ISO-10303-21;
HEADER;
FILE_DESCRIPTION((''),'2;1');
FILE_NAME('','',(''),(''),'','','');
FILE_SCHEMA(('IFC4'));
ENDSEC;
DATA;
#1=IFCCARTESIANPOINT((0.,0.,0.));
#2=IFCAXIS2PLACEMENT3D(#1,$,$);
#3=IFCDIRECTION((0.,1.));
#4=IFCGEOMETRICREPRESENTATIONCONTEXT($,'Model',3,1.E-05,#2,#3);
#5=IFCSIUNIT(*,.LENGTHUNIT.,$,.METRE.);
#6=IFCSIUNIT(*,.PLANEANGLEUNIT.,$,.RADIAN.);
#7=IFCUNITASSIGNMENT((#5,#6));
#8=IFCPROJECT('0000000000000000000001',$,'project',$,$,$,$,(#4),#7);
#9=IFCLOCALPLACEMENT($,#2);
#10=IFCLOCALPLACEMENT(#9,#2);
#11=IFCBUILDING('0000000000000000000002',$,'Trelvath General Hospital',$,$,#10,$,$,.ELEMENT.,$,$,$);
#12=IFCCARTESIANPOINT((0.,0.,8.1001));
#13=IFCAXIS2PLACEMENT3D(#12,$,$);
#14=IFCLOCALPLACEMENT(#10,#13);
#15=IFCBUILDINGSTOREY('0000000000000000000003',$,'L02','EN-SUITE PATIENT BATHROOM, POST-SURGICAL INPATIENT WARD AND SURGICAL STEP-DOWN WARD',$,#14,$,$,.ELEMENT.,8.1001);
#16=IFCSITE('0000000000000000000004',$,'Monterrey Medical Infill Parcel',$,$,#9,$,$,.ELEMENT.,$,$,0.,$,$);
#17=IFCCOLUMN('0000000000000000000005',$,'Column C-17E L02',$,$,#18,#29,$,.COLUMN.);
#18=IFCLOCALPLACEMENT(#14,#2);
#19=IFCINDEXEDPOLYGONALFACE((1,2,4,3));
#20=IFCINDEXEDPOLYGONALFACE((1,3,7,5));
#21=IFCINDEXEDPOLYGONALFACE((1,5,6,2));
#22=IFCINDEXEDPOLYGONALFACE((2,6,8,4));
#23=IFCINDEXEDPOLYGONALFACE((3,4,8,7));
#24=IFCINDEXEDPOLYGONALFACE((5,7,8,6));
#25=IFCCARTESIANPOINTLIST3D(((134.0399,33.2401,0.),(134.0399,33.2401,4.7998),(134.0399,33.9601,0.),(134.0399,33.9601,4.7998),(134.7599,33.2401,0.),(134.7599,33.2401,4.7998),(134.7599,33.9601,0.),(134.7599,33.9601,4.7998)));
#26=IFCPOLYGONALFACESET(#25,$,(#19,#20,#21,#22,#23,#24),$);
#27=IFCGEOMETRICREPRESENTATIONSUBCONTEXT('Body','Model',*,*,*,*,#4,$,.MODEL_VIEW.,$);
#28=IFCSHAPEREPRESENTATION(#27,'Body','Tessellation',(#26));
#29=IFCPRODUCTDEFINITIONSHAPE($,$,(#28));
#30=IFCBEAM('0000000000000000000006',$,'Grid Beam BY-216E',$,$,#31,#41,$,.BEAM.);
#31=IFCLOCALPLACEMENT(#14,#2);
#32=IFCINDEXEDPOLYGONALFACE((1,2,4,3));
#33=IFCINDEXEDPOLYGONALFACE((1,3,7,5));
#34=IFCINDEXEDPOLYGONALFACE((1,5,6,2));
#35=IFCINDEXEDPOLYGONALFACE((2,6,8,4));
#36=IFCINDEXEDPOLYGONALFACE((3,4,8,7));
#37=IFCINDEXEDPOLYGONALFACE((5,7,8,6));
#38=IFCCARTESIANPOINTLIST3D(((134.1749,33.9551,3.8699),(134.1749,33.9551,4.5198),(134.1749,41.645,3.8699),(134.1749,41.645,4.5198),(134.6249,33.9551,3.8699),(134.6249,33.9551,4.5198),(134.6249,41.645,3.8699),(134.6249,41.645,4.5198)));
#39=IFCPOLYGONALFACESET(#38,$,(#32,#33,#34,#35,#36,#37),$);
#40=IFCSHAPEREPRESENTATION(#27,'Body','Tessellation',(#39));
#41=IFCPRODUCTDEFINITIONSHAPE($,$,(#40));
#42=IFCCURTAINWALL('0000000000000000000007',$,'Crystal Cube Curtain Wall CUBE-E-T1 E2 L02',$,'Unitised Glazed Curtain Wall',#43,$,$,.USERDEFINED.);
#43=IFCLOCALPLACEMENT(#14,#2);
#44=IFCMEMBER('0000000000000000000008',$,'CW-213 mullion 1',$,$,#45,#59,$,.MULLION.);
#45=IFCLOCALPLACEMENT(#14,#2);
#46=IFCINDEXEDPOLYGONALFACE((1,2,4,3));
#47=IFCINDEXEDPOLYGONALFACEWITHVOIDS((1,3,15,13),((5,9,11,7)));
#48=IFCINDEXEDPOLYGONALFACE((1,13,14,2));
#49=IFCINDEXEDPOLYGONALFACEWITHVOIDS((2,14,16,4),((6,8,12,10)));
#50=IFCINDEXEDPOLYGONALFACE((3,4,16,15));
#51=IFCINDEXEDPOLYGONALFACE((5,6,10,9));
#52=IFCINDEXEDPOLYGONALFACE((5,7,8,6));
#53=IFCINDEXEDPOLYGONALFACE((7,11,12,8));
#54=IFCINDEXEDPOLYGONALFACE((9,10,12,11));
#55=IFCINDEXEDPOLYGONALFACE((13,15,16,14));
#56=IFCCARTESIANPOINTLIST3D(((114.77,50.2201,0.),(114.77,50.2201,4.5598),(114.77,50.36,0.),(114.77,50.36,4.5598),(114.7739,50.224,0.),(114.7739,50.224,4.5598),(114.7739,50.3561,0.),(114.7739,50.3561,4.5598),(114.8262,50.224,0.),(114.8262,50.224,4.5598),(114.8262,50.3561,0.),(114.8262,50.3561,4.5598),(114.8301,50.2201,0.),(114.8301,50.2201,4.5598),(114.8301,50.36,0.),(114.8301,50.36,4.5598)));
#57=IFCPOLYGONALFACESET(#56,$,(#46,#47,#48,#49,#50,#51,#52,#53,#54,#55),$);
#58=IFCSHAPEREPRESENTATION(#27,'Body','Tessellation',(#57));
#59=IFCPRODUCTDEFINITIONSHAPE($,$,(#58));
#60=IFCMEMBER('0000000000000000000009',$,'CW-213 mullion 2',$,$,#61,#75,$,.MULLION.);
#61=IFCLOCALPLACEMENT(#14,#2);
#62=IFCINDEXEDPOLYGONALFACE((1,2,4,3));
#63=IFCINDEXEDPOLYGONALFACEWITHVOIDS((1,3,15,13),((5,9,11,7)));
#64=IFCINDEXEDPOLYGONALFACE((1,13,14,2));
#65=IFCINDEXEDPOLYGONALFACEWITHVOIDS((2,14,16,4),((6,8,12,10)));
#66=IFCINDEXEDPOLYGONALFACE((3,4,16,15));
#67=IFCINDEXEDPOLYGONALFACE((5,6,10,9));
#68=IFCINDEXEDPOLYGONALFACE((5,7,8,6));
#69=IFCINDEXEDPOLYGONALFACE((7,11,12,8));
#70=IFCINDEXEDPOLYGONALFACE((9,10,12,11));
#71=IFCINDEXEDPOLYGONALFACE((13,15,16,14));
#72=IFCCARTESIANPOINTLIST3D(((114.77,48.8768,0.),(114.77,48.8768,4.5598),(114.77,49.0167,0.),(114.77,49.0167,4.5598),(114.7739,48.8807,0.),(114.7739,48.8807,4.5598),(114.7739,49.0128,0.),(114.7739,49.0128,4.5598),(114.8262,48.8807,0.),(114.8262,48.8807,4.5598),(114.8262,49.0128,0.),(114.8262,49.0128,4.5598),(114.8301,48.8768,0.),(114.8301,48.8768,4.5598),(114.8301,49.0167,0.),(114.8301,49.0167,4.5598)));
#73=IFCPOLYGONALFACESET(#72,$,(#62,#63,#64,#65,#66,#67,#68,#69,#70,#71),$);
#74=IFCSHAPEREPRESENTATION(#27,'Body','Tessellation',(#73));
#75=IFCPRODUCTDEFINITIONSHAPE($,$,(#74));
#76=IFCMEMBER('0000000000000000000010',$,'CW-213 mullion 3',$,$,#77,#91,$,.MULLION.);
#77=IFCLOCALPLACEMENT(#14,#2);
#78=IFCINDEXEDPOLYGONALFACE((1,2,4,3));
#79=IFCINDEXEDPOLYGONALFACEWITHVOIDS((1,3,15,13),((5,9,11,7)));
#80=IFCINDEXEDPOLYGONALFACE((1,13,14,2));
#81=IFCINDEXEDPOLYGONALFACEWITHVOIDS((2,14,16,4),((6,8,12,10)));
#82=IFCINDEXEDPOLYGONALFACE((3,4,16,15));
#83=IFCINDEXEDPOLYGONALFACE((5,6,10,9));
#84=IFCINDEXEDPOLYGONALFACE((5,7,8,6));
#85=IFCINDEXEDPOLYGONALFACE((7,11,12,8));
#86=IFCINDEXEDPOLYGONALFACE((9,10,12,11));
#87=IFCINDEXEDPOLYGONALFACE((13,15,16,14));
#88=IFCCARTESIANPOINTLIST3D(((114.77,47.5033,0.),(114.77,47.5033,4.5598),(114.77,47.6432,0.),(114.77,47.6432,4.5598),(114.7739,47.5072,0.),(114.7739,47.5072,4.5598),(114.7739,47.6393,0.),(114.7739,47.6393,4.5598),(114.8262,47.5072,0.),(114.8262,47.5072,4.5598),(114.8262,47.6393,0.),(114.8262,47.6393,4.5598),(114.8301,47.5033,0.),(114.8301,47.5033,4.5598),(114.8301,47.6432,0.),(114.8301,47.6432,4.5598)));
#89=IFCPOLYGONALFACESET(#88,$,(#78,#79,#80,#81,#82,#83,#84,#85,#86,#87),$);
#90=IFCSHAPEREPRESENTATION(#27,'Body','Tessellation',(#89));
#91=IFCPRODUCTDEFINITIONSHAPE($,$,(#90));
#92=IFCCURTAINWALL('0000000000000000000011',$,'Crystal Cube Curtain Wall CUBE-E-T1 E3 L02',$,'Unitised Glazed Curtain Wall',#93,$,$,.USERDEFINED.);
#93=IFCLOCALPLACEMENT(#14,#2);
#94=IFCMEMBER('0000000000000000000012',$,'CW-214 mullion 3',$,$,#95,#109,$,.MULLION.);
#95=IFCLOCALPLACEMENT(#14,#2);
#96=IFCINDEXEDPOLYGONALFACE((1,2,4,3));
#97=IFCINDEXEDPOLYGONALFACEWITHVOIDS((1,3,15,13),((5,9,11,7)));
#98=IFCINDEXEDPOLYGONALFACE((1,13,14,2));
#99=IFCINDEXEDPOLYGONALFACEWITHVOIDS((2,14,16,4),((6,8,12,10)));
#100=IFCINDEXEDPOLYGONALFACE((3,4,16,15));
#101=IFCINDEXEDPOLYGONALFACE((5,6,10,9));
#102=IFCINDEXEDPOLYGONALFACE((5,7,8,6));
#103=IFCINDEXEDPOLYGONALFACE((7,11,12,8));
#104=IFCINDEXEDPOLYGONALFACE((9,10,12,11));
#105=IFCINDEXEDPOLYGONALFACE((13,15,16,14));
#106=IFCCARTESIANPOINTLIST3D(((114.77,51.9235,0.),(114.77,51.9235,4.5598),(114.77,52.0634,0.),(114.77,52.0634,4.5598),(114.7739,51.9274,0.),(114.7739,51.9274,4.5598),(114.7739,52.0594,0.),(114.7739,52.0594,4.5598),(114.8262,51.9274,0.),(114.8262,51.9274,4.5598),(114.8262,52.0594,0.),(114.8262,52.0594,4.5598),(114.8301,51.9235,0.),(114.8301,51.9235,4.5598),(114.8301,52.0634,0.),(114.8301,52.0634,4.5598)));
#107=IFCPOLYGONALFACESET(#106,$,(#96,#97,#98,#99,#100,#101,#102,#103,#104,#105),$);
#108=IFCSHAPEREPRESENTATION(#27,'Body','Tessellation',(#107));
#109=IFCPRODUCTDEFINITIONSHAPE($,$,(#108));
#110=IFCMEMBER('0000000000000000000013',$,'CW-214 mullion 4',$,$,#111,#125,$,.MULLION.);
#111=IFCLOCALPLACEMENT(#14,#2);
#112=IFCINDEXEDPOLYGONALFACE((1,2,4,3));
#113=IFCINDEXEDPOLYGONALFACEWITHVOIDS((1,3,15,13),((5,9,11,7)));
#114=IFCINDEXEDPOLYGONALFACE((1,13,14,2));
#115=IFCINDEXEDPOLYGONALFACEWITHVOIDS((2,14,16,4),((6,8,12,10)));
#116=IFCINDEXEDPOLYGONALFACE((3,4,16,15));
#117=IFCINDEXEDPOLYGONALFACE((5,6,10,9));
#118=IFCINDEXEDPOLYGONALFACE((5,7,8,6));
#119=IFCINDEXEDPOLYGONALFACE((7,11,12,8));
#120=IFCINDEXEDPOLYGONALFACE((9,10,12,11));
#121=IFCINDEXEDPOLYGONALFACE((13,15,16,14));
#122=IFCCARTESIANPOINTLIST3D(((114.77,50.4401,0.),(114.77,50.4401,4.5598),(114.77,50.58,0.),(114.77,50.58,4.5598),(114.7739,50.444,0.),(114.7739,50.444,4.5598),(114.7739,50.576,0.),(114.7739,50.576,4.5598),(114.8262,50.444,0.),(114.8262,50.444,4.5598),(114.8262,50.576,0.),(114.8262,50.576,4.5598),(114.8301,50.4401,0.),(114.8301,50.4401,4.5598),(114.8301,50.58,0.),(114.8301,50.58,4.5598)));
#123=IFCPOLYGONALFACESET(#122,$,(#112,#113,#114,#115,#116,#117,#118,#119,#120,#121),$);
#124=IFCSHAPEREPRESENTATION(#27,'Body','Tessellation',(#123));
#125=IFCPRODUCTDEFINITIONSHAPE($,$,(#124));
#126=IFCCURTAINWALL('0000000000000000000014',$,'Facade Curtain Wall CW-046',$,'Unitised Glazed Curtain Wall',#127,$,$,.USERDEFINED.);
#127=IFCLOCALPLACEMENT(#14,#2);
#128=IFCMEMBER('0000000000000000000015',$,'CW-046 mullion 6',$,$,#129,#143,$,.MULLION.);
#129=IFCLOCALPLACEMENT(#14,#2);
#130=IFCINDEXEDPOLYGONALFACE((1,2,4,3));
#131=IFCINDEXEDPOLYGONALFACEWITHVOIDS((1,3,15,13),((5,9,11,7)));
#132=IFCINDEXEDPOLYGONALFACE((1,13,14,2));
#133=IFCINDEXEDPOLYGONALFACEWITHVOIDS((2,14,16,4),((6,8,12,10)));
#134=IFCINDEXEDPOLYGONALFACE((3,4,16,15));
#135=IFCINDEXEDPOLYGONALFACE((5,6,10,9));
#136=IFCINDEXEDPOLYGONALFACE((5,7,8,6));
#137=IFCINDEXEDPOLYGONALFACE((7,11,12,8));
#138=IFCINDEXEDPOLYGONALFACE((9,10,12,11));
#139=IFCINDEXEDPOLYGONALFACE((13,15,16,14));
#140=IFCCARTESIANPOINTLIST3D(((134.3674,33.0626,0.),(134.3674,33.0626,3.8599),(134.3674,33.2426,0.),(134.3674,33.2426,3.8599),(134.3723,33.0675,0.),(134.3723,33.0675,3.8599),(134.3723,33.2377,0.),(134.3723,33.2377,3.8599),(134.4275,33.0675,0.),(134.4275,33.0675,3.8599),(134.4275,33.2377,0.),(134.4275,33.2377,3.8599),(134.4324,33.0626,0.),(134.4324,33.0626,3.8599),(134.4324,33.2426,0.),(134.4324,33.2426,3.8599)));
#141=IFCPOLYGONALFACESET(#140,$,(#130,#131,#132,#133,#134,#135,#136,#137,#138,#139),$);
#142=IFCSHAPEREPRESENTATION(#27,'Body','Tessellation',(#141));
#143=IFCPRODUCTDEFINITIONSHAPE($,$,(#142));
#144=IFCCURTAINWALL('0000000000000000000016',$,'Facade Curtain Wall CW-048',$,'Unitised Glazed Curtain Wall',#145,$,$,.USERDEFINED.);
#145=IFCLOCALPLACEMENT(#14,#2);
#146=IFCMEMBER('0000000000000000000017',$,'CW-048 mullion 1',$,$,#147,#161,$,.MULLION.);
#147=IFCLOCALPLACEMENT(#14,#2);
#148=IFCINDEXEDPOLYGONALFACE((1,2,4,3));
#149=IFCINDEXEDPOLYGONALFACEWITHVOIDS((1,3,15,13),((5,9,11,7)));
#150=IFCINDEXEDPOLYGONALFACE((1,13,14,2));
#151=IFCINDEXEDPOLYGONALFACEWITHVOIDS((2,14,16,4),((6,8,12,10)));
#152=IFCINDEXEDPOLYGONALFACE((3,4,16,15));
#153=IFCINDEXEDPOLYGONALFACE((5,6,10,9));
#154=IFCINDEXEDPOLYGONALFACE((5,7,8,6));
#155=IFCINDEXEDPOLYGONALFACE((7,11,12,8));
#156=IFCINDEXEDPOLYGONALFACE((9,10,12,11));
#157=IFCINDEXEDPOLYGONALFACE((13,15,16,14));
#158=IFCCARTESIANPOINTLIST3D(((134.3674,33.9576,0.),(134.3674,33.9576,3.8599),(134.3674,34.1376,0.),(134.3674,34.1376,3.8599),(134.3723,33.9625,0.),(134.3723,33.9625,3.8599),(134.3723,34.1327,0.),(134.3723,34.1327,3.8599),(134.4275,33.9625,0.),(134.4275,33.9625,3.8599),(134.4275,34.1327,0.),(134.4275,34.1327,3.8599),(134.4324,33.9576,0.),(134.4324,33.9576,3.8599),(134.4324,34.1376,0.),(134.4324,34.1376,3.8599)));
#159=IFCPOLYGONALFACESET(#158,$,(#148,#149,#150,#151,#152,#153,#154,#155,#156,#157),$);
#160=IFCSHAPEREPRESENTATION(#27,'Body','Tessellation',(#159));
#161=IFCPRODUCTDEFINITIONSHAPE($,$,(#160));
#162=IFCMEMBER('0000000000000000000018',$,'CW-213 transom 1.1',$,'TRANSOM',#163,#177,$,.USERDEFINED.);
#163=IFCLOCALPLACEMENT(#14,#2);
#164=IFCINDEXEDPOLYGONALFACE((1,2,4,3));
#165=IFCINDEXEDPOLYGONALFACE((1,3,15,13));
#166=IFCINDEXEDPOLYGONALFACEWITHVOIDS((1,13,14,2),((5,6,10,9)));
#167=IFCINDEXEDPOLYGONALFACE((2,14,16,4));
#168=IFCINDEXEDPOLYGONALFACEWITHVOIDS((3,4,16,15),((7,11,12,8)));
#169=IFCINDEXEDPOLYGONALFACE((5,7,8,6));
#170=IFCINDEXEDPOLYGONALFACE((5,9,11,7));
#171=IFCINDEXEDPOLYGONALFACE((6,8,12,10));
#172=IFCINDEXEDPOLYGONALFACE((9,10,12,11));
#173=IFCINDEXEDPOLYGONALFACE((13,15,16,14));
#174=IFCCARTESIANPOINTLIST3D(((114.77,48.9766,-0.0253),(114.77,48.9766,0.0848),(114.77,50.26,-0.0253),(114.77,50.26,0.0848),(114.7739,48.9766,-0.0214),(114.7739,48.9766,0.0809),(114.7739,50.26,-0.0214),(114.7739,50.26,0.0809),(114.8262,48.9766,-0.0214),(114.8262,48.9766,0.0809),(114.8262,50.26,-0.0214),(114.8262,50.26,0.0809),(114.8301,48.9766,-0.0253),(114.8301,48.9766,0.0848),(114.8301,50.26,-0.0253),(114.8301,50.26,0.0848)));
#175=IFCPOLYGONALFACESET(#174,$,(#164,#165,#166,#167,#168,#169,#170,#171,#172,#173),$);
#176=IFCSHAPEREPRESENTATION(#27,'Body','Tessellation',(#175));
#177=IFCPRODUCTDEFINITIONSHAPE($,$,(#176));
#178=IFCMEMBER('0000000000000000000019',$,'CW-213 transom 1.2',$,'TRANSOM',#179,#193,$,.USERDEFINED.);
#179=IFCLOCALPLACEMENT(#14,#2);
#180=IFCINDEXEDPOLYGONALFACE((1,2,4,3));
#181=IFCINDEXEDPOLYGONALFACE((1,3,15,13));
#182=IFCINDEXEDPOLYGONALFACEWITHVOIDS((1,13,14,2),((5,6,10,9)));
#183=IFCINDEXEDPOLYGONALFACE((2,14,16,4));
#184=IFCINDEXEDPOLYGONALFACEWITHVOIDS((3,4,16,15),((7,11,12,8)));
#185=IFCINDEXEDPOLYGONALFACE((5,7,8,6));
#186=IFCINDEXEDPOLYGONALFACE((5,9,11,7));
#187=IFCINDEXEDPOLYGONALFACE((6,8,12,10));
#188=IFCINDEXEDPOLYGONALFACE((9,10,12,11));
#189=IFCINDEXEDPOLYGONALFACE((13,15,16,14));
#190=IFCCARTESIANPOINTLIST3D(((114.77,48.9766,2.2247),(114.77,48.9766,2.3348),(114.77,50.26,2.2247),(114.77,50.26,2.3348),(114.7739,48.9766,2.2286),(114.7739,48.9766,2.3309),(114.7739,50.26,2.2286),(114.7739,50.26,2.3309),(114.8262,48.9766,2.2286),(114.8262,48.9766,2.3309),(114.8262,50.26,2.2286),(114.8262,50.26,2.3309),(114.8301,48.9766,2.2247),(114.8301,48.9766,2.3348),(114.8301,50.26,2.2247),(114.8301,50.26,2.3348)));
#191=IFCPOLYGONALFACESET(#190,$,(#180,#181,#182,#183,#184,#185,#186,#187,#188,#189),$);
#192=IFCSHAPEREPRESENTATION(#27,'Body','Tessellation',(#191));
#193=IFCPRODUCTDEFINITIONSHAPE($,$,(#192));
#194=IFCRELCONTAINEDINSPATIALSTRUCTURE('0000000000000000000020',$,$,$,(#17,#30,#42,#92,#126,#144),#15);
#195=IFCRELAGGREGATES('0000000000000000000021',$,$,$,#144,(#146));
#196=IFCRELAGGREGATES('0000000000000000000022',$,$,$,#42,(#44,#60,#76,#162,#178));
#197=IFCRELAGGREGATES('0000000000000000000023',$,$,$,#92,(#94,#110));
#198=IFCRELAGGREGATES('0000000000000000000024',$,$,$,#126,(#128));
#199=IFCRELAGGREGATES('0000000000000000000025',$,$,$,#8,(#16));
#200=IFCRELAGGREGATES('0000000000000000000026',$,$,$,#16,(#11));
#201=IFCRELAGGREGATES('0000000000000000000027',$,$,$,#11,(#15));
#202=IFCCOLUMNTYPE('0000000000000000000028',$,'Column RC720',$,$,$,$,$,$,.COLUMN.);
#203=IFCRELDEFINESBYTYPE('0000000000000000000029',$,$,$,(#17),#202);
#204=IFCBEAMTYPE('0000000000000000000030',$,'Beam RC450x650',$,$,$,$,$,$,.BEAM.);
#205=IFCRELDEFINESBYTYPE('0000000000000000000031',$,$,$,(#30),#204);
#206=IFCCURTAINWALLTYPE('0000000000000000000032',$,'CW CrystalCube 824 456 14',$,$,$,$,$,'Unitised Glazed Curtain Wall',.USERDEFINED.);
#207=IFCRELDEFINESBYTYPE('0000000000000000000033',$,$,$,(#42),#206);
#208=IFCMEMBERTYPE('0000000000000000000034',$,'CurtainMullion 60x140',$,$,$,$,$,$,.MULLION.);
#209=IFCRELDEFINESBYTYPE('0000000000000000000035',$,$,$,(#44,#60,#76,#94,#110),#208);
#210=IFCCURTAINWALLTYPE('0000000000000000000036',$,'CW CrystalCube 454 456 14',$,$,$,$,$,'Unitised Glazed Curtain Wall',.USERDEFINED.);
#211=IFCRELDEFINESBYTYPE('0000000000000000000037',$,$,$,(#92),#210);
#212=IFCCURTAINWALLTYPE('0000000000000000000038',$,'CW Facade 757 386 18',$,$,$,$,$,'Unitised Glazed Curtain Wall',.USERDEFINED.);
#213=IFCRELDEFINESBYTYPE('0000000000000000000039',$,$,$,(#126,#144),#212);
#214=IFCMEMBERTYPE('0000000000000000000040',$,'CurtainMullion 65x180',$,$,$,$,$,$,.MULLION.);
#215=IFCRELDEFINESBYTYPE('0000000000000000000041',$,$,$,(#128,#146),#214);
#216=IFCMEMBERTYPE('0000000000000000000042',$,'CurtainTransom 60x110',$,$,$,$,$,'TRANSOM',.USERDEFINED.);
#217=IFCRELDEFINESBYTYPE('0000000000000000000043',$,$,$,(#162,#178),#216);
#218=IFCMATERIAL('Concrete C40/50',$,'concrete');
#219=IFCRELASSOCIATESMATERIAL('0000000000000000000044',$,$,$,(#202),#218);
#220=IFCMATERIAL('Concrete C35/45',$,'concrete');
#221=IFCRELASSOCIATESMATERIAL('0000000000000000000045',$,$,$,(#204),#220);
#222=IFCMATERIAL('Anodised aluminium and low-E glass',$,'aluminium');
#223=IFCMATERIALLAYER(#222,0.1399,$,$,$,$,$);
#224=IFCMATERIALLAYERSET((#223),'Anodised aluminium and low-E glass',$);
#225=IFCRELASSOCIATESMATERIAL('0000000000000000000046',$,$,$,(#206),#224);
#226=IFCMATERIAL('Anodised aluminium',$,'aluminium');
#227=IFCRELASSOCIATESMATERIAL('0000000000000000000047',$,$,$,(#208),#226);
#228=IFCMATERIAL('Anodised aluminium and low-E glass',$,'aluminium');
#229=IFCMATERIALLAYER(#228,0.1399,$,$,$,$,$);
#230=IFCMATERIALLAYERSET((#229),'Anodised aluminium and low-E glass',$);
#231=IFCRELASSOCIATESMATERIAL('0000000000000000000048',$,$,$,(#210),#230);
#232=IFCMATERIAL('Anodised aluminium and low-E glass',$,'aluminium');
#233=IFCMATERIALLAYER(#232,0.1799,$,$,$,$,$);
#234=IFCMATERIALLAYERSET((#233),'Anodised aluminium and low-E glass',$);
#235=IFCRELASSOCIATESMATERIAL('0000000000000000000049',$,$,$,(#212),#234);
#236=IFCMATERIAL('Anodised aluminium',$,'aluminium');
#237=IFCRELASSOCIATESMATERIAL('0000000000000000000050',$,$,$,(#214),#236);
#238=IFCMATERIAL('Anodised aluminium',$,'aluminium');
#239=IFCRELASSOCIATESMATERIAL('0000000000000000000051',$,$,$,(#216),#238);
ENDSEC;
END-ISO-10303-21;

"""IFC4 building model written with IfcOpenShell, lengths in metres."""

from ifc_helpers import new_model, si_unit, direction, frame, origin, origin_2d, place, context, subcontext, project, spatial, rectangle, hollow_rectangle, extrude, material, layer, layer_set, material_profile, profile_set, type_object, element, aggregate, save


model = new_model("IFC4")

# Units and contexts
model_context = context("Model", 3, precision=1e-05, world=origin(), true_north=direction((0.0, 1.0)))
body_context = subcontext(model_context, "Body", "Model", "MODEL_VIEW")
ifc_project = project(units=[si_unit("LENGTHUNIT", "METRE"), si_unit("PLANEANGLEUNIT", "RADIAN")], contexts=[model_context])

# Site, building, storey
site_placement = place(None, origin())
site = spatial("IfcSite", under=ifc_project, at=site_placement, Name="Monterrey Medical Infill Parcel", CompositionType="ELEMENT", RefElevation=0.0)
building_placement = place(site_placement, origin())
building = spatial("IfcBuilding", under=site, at=building_placement, Name="Trelvath General Hospital", CompositionType="ELEMENT")
storey_placement = place(building_placement, frame((0.0, 0.0, 8.1001)))
storey = spatial("IfcBuildingStorey", under=building, at=storey_placement, Name="L02", Description="EN-SUITE PATIENT BATHROOM, POST-SURGICAL INPATIENT WARD AND SURGICAL STEP-DOWN WARD", CompositionType="ELEMENT", Elevation=8.1001)

# Column
ifc_material_1 = material(Name="Concrete C40/50", Category="concrete")
ifc_material_profile_1 = material_profile(ifc_material_1, rectangle(XDim=0.72, YDim=0.72, at=origin_2d()), Name="RC720x720")
ifc_profile_set_1 = profile_set([ifc_material_profile_1], Name="Concrete C40/50")
column_type = type_object("IfcColumnType", Name="Column RC720", PredefinedType="COLUMN", material=ifc_profile_set_1)
column_placement = place(storey_placement, frame((134.3999, 33.6001, 0.0), z_axis=(0.0, 0.0, 1.0), x_axis=(1.0, 0.0, 0.0)))
element("IfcColumn", 1, at=column_placement, inside=storey, type_object=column_type, Name="Column C-17E L02", PredefinedType="COLUMN", context=body_context, shape_type="SweptSolid", body=[
    extrude(rectangle(XDim=0.72, YDim=0.72, at=origin_2d()), origin(), (0.0, 0.0, 1.0), 4.7998),
])

# Beam
ifc_material_2 = material(Name="Concrete C35/45", Category="concrete")
ifc_material_profile_2 = material_profile(ifc_material_2, rectangle(XDim=0.45, YDim=0.6499, at=origin_2d()), Name="RCB450x650")
ifc_profile_set_2 = profile_set([ifc_material_profile_2], Name="Concrete C35/45")
beam_type = type_object("IfcBeamType", Name="Beam RC450x650", PredefinedType="BEAM", material=ifc_profile_set_2)
beam_placement = place(storey_placement, frame((134.3999, 33.9551, 4.1948), z_axis=(0.0, 1.0, 0.0), x_axis=(-1.0, 0.0, 0.0)))
element("IfcBeam", 2, at=beam_placement, inside=storey, type_object=beam_type, Name="Grid Beam BY-216E", PredefinedType="BEAM", context=body_context, shape_type="SweptSolid", body=[
    extrude(rectangle(XDim=0.45, YDim=0.6499, at=origin_2d()), origin(), (0.0, 0.0, 1.0), 7.6899),
])

# Curtain walls, members
ifc_material_3 = material(Name="Anodised aluminium and low-E glass", Category="aluminium")
ifc_layer_1 = layer(ifc_material_3, 0.1399)
ifc_layer_set_1 = layer_set([ifc_layer_1], Name="Anodised aluminium and low-E glass")
curtain_wall_type_1 = type_object("IfcCurtainWallType", Name="CW CrystalCube 824 456 14", ElementType="Unitised Glazed Curtain Wall", PredefinedType="USERDEFINED", material=ifc_layer_set_1)
curtain_wall_1_placement = place(storey_placement, origin())
curtain_wall_1 = element("IfcCurtainWall", 3, at=curtain_wall_1_placement, inside=storey, type_object=curtain_wall_type_1, Name="Crystal Cube Curtain Wall CUBE-E-T1 E2 L02", ObjectType="Unitised Glazed Curtain Wall", PredefinedType="USERDEFINED")
ifc_material_4 = material(Name="Anodised aluminium", Category="aluminium")
ifc_material_profile_3 = material_profile(ifc_material_4, hollow_rectangle(XDim=0.0601, YDim=0.1399, WallThickness=0.0039, at=origin_2d()), Name="RHS60x140x4")
ifc_profile_set_3 = profile_set([ifc_material_profile_3], Name="Anodised aluminium")
member_type_1 = type_object("IfcMemberType", Name="CurtainMullion 60x140", PredefinedType="MULLION", material=ifc_profile_set_3)
member_1_placement = place(storey_placement, frame((114.8, 50.29, 0.0), z_axis=(0.0, 0.0, 1.0), x_axis=(1.0, 0.0, 0.0)))
member_1 = element("IfcMember", 4, at=member_1_placement, type_object=member_type_1, Name="CW-213 mullion 1", PredefinedType="MULLION", context=body_context, shape_type="SweptSolid", body=[
    extrude(hollow_rectangle(XDim=0.0601, YDim=0.1399, WallThickness=0.0039, at=origin_2d()), origin(), (0.0, 0.0, 1.0), 4.5598),
])
member_2_placement = place(storey_placement, frame((114.8, 48.9468, 0.0), z_axis=(0.0, 0.0, 1.0), x_axis=(1.0, 0.0, 0.0)))
member_2 = element("IfcMember", 5, at=member_2_placement, type_object=member_type_1, Name="CW-213 mullion 2", PredefinedType="MULLION", context=body_context, shape_type="SweptSolid", body=[
    extrude(hollow_rectangle(XDim=0.0601, YDim=0.1399, WallThickness=0.0039, at=origin_2d()), origin(), (0.0, 0.0, 1.0), 4.5598),
])
member_3_placement = place(storey_placement, frame((114.8, 47.5732, 0.0), z_axis=(0.0, 0.0, 1.0), x_axis=(1.0, 0.0, 0.0)))
member_3 = element("IfcMember", 6, at=member_3_placement, type_object=member_type_1, Name="CW-213 mullion 3", PredefinedType="MULLION", context=body_context, shape_type="SweptSolid", body=[
    extrude(hollow_rectangle(XDim=0.0601, YDim=0.1399, WallThickness=0.0039, at=origin_2d()), origin(), (0.0, 0.0, 1.0), 4.5598),
])
ifc_material_5 = material(Name="Anodised aluminium and low-E glass", Category="aluminium")
ifc_layer_2 = layer(ifc_material_5, 0.1399)
ifc_layer_set_2 = layer_set([ifc_layer_2], Name="Anodised aluminium and low-E glass")
curtain_wall_type_2 = type_object("IfcCurtainWallType", Name="CW CrystalCube 454 456 14", ElementType="Unitised Glazed Curtain Wall", PredefinedType="USERDEFINED", material=ifc_layer_set_2)
curtain_wall_2_placement = place(storey_placement, origin())
curtain_wall_2 = element("IfcCurtainWall", 7, at=curtain_wall_2_placement, inside=storey, type_object=curtain_wall_type_2, Name="Crystal Cube Curtain Wall CUBE-E-T1 E3 L02", ObjectType="Unitised Glazed Curtain Wall", PredefinedType="USERDEFINED")
member_4_placement = place(storey_placement, frame((114.8, 51.9934, 0.0), z_axis=(0.0, 0.0, 1.0), x_axis=(1.0, 0.0, 0.0)))
member_4 = element("IfcMember", 8, at=member_4_placement, type_object=member_type_1, Name="CW-214 mullion 3", PredefinedType="MULLION", context=body_context, shape_type="SweptSolid", body=[
    extrude(hollow_rectangle(XDim=0.0601, YDim=0.1399, WallThickness=0.0039, at=origin_2d()), origin(), (0.0, 0.0, 1.0), 4.5598),
])
member_5_placement = place(storey_placement, frame((114.8, 50.51, 0.0), z_axis=(0.0, 0.0, 1.0), x_axis=(1.0, 0.0, 0.0)))
member_5 = element("IfcMember", 9, at=member_5_placement, type_object=member_type_1, Name="CW-214 mullion 4", PredefinedType="MULLION", context=body_context, shape_type="SweptSolid", body=[
    extrude(hollow_rectangle(XDim=0.0601, YDim=0.1399, WallThickness=0.0039, at=origin_2d()), origin(), (0.0, 0.0, 1.0), 4.5598),
])

# Curtain walls, members
ifc_material_6 = material(Name="Anodised aluminium and low-E glass", Category="aluminium")
ifc_layer_3 = layer(ifc_material_6, 0.1799)
ifc_layer_set_3 = layer_set([ifc_layer_3], Name="Anodised aluminium and low-E glass")
curtain_wall_type_3 = type_object("IfcCurtainWallType", Name="CW Facade 757 386 18", ElementType="Unitised Glazed Curtain Wall", PredefinedType="USERDEFINED", material=ifc_layer_set_3)
curtain_wall_3_placement = place(storey_placement, origin())
curtain_wall_3 = element("IfcCurtainWall", 10, at=curtain_wall_3_placement, inside=storey, type_object=curtain_wall_type_3, Name="Facade Curtain Wall CW-046", ObjectType="Unitised Glazed Curtain Wall", PredefinedType="USERDEFINED")
ifc_material_7 = material(Name="Anodised aluminium", Category="aluminium")
ifc_material_profile_4 = material_profile(ifc_material_7, hollow_rectangle(XDim=0.0649, YDim=0.1799, WallThickness=0.0049, at=origin_2d()), Name="RHS65x180x5")
ifc_profile_set_4 = profile_set([ifc_material_profile_4], Name="Anodised aluminium")
member_type_2 = type_object("IfcMemberType", Name="CurtainMullion 65x180", PredefinedType="MULLION", material=ifc_profile_set_4)
member_6_placement = place(storey_placement, frame((134.3999, 33.1526, 0.0), z_axis=(0.0, 0.0, 1.0), x_axis=(-1.0, 0.0, 0.0)))
member_6 = element("IfcMember", 11, at=member_6_placement, type_object=member_type_2, Name="CW-046 mullion 6", PredefinedType="MULLION", context=body_context, shape_type="SweptSolid", body=[
    extrude(hollow_rectangle(XDim=0.0649, YDim=0.1799, WallThickness=0.0049, at=origin_2d()), origin(), (0.0, 0.0, 1.0), 3.8599),
])
curtain_wall_4_placement = place(storey_placement, origin())
curtain_wall_4 = element("IfcCurtainWall", 12, at=curtain_wall_4_placement, inside=storey, type_object=curtain_wall_type_3, Name="Facade Curtain Wall CW-048", ObjectType="Unitised Glazed Curtain Wall", PredefinedType="USERDEFINED")
member_7_placement = place(storey_placement, frame((134.3999, 34.0476, 0.0), z_axis=(0.0, 0.0, 1.0), x_axis=(-1.0, 0.0, 0.0)))
member_7 = element("IfcMember", 13, at=member_7_placement, type_object=member_type_2, Name="CW-048 mullion 1", PredefinedType="MULLION", context=body_context, shape_type="SweptSolid", body=[
    extrude(hollow_rectangle(XDim=0.0649, YDim=0.1799, WallThickness=0.0049, at=origin_2d()), origin(), (0.0, 0.0, 1.0), 3.8599),
])

# Members
ifc_material_8 = material(Name="Anodised aluminium", Category="aluminium")
ifc_material_profile_5 = material_profile(ifc_material_8, hollow_rectangle(XDim=0.0601, YDim=0.1101, WallThickness=0.0039, at=origin_2d()), Name="RHS60x110x4")
ifc_profile_set_5 = profile_set([ifc_material_profile_5], Name="Anodised aluminium")
member_type_3 = type_object("IfcMemberType", Name="CurtainTransom 60x110", ElementType="TRANSOM", PredefinedType="USERDEFINED", material=ifc_profile_set_5)
member_8_placement = place(storey_placement, frame((114.8, 50.26, 0.0298), z_axis=(0.0, -1.0, 0.0), x_axis=(1.0, 0.0, 0.0)))
member_8 = element("IfcMember", 14, at=member_8_placement, type_object=member_type_3, Name="CW-213 transom 1.1", ObjectType="TRANSOM", PredefinedType="USERDEFINED", context=body_context, shape_type="SweptSolid", body=[
    extrude(hollow_rectangle(XDim=0.0601, YDim=0.1101, WallThickness=0.0039, at=origin_2d()), origin(), (0.0, 0.0, 1.0), 1.2834),
])
member_9_placement = place(storey_placement, frame((114.8, 50.26, 2.2798), z_axis=(0.0, -1.0, 0.0), x_axis=(1.0, 0.0, 0.0)))
member_9 = element("IfcMember", 15, at=member_9_placement, type_object=member_type_3, Name="CW-213 transom 1.2", ObjectType="TRANSOM", PredefinedType="USERDEFINED", context=body_context, shape_type="SweptSolid", body=[
    extrude(hollow_rectangle(XDim=0.0601, YDim=0.1101, WallThickness=0.0039, at=origin_2d()), origin(), (0.0, 0.0, 1.0), 1.2834),
])
aggregate(curtain_wall_4, [member_7])

aggregate(curtain_wall_1, [member_1, member_2, member_3, member_8, member_9])
aggregate(curtain_wall_2, [member_4, member_5])
aggregate(curtain_wall_3, [member_6])

save(model, "model.ifc")
